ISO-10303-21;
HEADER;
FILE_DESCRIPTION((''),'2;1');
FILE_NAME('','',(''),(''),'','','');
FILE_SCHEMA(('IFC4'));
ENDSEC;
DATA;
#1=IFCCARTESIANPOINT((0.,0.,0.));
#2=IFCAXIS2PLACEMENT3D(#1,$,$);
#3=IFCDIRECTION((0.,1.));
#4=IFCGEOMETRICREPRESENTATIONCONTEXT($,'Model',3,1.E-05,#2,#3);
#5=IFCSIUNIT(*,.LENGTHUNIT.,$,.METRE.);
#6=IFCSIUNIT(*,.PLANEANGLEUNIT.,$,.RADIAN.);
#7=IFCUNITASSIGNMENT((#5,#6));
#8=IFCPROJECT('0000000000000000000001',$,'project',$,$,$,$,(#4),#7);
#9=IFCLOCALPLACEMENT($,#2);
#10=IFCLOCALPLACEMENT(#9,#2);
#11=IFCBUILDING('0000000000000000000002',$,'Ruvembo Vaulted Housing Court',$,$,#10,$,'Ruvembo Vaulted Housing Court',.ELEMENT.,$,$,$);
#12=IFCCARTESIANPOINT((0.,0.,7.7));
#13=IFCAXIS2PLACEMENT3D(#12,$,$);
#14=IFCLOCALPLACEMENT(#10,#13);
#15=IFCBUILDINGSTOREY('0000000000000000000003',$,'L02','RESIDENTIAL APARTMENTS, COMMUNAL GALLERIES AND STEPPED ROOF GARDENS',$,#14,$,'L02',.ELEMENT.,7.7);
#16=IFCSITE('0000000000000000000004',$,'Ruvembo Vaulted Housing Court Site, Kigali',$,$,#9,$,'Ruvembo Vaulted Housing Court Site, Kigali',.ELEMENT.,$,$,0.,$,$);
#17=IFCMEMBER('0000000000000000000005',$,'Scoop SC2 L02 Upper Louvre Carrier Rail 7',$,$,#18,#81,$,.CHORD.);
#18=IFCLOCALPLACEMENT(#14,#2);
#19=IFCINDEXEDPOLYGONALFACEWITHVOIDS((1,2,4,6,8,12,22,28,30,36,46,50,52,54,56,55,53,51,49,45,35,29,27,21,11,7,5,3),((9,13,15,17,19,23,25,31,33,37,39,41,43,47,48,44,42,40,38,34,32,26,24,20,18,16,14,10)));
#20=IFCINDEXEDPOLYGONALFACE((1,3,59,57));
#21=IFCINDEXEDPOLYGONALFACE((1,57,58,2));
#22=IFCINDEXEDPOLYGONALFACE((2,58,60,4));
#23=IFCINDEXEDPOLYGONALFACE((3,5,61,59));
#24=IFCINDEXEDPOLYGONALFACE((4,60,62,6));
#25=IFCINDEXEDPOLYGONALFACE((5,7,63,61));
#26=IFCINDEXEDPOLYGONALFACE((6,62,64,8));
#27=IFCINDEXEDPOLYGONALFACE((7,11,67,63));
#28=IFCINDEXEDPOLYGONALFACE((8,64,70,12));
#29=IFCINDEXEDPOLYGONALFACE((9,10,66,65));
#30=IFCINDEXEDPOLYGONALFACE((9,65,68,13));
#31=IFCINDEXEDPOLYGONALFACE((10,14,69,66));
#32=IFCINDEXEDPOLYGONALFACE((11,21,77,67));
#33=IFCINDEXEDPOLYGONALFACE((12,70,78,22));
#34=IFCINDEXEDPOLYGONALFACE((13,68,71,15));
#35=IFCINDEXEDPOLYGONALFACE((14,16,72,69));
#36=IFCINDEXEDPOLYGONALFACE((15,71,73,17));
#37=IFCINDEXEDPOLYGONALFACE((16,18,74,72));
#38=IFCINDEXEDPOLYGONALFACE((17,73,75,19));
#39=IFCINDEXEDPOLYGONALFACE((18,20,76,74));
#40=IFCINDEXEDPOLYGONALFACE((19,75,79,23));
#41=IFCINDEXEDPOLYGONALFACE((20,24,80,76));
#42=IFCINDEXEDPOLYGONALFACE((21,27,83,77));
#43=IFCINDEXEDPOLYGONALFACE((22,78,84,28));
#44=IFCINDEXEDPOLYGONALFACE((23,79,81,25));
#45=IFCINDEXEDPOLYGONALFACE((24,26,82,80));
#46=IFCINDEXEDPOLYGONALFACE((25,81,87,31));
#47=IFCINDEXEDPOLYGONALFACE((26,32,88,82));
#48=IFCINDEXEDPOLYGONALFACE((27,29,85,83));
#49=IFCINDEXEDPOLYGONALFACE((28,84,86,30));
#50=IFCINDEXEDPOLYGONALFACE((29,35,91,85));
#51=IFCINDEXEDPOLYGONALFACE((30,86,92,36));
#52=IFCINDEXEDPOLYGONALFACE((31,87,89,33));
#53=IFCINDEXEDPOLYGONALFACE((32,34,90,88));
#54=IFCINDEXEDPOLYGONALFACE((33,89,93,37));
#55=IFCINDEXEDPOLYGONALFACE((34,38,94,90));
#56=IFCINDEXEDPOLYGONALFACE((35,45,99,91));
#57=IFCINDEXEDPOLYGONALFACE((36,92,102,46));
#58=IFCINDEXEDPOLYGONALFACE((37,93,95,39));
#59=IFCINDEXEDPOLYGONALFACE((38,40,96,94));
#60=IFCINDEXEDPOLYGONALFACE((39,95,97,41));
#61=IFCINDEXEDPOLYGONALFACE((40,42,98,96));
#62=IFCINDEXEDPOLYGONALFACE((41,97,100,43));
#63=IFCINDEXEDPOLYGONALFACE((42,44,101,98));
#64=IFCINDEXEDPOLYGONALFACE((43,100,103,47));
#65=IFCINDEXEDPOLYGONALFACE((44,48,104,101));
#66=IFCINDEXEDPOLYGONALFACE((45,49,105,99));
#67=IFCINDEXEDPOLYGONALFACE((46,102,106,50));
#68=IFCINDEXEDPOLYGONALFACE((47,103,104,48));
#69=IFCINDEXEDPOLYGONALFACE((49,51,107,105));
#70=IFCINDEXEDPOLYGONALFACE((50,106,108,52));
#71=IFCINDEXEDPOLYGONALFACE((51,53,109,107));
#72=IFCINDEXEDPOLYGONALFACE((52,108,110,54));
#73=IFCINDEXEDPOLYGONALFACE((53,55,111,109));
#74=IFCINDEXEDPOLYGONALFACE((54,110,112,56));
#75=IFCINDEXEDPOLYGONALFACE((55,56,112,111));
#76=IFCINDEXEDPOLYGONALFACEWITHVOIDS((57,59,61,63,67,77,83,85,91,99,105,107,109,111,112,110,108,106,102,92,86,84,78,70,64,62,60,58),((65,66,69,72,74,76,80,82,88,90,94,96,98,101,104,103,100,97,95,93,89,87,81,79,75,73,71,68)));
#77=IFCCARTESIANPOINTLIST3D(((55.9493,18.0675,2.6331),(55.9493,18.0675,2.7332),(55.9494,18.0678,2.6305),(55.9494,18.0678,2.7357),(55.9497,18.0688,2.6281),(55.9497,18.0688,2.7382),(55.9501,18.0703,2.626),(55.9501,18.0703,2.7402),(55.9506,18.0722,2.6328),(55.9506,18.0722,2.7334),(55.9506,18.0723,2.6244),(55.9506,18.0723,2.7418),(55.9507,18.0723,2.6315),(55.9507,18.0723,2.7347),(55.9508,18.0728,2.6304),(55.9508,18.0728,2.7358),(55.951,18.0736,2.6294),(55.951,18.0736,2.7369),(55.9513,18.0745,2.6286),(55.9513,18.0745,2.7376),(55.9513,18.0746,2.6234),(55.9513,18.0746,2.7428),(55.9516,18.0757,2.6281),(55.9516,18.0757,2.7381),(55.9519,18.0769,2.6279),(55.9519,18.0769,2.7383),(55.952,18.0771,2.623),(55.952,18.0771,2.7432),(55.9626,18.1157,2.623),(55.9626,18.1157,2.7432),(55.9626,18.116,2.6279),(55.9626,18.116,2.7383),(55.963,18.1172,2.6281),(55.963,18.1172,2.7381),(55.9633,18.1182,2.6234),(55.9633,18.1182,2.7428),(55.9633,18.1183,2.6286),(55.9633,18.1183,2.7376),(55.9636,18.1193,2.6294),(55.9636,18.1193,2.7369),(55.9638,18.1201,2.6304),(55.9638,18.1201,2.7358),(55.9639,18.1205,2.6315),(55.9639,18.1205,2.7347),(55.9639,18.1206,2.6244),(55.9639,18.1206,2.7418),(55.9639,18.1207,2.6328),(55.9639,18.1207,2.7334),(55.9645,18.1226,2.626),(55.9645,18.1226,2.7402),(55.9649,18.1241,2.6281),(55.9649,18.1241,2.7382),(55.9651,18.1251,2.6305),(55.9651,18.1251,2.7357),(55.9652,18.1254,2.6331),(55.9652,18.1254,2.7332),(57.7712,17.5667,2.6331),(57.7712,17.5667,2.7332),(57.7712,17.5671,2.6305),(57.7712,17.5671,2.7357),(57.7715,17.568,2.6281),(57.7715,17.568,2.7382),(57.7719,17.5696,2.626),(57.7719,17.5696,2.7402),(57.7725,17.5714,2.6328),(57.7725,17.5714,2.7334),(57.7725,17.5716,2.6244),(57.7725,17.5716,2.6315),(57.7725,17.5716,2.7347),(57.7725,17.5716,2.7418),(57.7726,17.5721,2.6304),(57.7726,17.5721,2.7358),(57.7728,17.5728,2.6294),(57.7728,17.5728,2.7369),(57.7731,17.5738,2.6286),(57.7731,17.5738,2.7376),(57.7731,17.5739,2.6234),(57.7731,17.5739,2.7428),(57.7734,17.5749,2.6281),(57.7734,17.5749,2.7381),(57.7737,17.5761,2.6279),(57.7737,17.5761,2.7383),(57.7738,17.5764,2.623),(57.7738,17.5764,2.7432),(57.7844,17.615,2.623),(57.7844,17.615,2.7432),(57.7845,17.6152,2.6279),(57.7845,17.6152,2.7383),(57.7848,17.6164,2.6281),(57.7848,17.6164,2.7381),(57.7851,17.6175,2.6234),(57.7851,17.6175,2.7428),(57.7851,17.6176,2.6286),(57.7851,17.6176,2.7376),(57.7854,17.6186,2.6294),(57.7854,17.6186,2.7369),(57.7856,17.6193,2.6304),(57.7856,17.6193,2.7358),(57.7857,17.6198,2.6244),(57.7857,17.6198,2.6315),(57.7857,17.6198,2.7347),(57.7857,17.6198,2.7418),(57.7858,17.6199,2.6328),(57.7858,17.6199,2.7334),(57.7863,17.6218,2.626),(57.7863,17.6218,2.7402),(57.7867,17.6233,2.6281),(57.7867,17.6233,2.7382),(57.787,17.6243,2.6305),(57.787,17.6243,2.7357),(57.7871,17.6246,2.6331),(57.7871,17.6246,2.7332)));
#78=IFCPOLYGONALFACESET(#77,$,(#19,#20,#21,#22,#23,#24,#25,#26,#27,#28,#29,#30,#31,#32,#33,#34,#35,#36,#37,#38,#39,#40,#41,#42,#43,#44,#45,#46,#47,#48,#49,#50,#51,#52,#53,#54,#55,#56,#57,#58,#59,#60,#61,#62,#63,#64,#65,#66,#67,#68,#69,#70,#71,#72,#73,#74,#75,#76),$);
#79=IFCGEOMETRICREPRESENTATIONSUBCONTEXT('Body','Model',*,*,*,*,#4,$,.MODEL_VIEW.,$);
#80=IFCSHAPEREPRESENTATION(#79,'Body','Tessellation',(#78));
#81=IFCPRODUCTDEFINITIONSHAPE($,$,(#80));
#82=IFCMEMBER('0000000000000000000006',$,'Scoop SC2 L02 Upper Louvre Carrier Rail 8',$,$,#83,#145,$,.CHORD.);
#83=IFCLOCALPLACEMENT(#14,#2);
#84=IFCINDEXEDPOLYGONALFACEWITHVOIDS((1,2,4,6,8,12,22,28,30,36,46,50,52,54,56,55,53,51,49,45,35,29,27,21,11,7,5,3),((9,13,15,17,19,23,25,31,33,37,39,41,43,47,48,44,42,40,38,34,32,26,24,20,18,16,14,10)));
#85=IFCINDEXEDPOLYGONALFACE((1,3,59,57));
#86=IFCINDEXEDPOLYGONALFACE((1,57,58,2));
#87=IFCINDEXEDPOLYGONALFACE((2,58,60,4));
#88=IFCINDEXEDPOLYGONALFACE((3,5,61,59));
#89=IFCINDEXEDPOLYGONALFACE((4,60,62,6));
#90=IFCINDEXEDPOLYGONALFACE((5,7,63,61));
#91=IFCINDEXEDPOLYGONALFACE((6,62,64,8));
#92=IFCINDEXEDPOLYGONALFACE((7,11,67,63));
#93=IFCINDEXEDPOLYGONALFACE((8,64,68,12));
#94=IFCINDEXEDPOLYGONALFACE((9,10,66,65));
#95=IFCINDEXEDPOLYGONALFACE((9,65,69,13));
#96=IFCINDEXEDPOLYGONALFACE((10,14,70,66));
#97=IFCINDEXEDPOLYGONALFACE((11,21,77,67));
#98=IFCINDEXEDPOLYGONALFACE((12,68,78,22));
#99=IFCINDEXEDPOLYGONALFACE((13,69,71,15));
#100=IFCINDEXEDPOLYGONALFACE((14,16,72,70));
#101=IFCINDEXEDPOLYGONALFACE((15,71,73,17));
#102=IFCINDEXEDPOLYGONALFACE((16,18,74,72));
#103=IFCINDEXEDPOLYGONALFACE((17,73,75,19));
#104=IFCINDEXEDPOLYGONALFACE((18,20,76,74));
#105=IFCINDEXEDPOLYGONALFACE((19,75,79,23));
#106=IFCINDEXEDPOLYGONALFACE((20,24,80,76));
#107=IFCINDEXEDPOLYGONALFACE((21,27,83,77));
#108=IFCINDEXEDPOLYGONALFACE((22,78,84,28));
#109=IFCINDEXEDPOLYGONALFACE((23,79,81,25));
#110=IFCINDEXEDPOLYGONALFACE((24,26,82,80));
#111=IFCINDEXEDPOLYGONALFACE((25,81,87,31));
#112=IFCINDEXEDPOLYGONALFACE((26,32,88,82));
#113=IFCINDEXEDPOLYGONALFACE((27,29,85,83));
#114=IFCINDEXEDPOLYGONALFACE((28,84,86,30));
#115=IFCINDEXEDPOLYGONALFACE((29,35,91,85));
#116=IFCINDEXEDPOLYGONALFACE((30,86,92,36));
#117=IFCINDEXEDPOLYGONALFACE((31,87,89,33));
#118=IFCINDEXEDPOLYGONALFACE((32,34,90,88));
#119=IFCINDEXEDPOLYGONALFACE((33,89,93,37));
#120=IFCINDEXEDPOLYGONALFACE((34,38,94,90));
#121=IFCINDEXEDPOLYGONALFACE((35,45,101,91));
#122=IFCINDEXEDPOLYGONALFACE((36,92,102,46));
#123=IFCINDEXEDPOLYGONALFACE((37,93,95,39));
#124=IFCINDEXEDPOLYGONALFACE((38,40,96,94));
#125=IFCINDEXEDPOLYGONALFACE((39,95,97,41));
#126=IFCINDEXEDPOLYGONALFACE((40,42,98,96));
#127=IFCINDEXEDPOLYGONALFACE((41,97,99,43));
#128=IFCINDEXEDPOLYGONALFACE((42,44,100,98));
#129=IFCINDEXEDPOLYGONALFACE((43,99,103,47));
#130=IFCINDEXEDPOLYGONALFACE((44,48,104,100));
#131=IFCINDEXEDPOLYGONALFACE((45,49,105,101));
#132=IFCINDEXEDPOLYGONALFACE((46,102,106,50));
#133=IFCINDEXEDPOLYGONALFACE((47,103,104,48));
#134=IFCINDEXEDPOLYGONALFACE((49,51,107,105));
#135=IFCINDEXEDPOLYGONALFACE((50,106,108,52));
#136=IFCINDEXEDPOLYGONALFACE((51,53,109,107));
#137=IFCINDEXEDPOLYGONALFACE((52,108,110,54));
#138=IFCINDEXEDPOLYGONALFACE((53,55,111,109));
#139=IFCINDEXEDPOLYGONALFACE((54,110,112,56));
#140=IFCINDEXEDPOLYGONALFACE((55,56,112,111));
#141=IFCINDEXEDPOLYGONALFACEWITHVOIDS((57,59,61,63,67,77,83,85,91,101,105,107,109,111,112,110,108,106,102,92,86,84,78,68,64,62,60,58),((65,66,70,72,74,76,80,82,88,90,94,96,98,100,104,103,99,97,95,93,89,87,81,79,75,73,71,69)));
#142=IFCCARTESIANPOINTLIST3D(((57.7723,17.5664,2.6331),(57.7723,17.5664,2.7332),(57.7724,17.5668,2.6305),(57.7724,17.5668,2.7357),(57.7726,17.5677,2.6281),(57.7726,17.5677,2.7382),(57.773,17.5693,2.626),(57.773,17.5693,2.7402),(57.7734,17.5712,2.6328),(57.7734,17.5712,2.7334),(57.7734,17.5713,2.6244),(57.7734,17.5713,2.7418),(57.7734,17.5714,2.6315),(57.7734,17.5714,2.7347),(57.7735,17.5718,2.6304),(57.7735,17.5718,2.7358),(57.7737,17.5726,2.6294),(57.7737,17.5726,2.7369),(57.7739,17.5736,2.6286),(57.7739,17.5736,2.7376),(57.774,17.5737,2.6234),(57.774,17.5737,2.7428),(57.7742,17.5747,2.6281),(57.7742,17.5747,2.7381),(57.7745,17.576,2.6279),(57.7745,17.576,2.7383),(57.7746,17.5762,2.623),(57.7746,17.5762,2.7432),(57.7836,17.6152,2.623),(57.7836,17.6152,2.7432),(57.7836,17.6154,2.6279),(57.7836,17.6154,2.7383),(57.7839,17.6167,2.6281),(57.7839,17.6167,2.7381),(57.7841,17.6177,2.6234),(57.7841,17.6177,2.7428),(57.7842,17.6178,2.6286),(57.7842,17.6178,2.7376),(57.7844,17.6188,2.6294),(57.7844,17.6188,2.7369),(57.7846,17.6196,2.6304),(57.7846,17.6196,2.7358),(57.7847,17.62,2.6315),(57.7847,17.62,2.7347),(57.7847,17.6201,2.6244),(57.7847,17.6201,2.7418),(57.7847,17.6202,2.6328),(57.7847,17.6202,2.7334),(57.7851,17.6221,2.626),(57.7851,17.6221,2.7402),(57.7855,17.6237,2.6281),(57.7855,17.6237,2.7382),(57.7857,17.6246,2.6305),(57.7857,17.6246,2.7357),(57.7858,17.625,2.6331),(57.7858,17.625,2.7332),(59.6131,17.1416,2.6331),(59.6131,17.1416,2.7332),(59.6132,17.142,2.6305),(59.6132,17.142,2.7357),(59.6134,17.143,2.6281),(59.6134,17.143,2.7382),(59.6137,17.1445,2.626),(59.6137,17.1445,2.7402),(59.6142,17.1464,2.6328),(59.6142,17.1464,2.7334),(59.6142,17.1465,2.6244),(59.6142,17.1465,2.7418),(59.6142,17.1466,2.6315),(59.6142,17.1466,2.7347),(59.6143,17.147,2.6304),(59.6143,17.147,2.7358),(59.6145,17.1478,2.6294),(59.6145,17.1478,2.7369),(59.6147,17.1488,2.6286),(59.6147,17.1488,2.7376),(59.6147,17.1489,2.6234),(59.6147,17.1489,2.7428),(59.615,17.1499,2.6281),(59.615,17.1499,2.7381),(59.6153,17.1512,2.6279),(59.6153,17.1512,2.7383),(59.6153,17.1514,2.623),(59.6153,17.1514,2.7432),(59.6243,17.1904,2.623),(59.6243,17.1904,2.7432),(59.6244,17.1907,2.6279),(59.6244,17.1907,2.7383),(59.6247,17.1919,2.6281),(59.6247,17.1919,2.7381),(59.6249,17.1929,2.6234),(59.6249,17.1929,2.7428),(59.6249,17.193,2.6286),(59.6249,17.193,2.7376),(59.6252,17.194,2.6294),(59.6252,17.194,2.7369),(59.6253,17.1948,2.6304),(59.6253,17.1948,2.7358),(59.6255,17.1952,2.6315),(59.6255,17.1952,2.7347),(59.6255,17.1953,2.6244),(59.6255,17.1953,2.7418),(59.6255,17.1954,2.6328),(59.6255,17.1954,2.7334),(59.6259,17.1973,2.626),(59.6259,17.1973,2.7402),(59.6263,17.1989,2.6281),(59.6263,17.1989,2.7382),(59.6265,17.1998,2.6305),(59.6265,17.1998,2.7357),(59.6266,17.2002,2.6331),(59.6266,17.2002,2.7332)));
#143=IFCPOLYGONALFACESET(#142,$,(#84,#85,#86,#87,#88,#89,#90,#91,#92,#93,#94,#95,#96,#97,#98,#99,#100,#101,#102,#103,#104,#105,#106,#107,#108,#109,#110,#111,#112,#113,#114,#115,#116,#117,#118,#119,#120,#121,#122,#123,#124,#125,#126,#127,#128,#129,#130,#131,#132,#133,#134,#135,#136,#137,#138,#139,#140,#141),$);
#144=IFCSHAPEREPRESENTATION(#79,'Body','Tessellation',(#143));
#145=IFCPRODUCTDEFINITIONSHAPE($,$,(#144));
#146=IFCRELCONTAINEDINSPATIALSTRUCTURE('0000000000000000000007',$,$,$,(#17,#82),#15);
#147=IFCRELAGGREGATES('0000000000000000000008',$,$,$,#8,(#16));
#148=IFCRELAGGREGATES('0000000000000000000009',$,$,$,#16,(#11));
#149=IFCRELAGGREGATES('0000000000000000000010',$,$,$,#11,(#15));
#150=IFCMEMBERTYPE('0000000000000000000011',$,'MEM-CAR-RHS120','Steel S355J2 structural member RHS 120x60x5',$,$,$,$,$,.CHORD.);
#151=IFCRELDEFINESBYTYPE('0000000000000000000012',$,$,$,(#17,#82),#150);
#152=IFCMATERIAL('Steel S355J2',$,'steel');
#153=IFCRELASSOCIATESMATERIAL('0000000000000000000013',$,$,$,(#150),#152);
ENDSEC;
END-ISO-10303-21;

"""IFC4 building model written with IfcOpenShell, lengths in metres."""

from ifc_helpers import new_model, si_unit, direction, frame, origin, origin_2d, place, context, subcontext, project, spatial, hollow_rectangle, extrude, material, material_profile, profile_set, type_object, element, save


model = new_model("IFC4")

# Units and contexts
model_context = context("Model", 3, precision=1e-05, world=origin(), true_north=direction((0.0, 1.0)))
body_context = subcontext(model_context, "Body", "Model", "MODEL_VIEW")
ifc_project = project(units=[si_unit("LENGTHUNIT", "METRE"), si_unit("PLANEANGLEUNIT", "RADIAN")], contexts=[model_context])

# Site, building, storey
site_placement = place(None, origin())
site = spatial("IfcSite", under=ifc_project, at=site_placement, Name="Ruvembo Vaulted Housing Court Site, Kigali", LongName="Ruvembo Vaulted Housing Court Site, Kigali", CompositionType="ELEMENT", RefElevation=0.0)
building_placement = place(site_placement, origin())
building = spatial("IfcBuilding", under=site, at=building_placement, Name="Ruvembo Vaulted Housing Court", LongName="Ruvembo Vaulted Housing Court", CompositionType="ELEMENT")
storey_placement = place(building_placement, frame((0.0, 0.0, 7.7)))
storey = spatial("IfcBuildingStorey", under=building, at=storey_placement, Name="L02", Description="RESIDENTIAL APARTMENTS, COMMUNAL GALLERIES AND STEPPED ROOF GARDENS", LongName="L02", CompositionType="ELEMENT", Elevation=7.7)

# Shared definitions
ifc_material_1 = material(Name="Steel S355J2", Category="steel")

# Members
ifc_material_profile_1 = material_profile(ifc_material_1, hollow_rectangle(XDim=0.0601, YDim=0.1201, WallThickness=0.0049, InnerFilletRadius=0.0049, OuterFilletRadius=0.01, at=origin_2d()), Name="RHS 120x60x5")
ifc_profile_set_1 = profile_set([ifc_material_profile_1], Name="Steel S355J2")
member_type_1 = type_object("IfcMemberType", Name="MEM-CAR-RHS120", Description="Steel S355J2 structural member RHS 120x60x5", PredefinedType="CHORD", material=ifc_profile_set_1)
member_1_placement = place(storey_placement, frame((55.9573, 18.0964, 2.6831), z_axis=(0.96424, -0.26503, 0.0), x_axis=(0.26503, 0.96424, 0.0)))
element("IfcMember", 1, at=member_1_placement, inside=storey, type_object=member_type_1, Name="Scoop SC2 L02 Upper Louvre Carrier Rail 7", PredefinedType="CHORD", context=body_context, shape_type="SweptSolid", body=[
    extrude(hollow_rectangle(XDim=0.0601, YDim=0.1201, WallThickness=0.0049, InnerFilletRadius=0.0049, OuterFilletRadius=0.01, at=origin_2d()), origin(), (0.0, 0.0, 1.0), 1.8894),
])
member_2_placement = place(storey_placement, frame((57.7791, 17.5957, 2.6831), z_axis=(0.974391, -0.22486, 0.0), x_axis=(0.22486, 0.974391, 0.0)))
element("IfcMember", 2, at=member_2_placement, inside=storey, type_object=member_type_1, Name="Scoop SC2 L02 Upper Louvre Carrier Rail 8", PredefinedType="CHORD", context=body_context, shape_type="SweptSolid", body=[
    extrude(hollow_rectangle(XDim=0.0601, YDim=0.1201, WallThickness=0.0049, InnerFilletRadius=0.0049, OuterFilletRadius=0.01, at=origin_2d()), origin(), (0.0, 0.0, 1.0), 1.8892),
])

save(model, "model.ifc")
